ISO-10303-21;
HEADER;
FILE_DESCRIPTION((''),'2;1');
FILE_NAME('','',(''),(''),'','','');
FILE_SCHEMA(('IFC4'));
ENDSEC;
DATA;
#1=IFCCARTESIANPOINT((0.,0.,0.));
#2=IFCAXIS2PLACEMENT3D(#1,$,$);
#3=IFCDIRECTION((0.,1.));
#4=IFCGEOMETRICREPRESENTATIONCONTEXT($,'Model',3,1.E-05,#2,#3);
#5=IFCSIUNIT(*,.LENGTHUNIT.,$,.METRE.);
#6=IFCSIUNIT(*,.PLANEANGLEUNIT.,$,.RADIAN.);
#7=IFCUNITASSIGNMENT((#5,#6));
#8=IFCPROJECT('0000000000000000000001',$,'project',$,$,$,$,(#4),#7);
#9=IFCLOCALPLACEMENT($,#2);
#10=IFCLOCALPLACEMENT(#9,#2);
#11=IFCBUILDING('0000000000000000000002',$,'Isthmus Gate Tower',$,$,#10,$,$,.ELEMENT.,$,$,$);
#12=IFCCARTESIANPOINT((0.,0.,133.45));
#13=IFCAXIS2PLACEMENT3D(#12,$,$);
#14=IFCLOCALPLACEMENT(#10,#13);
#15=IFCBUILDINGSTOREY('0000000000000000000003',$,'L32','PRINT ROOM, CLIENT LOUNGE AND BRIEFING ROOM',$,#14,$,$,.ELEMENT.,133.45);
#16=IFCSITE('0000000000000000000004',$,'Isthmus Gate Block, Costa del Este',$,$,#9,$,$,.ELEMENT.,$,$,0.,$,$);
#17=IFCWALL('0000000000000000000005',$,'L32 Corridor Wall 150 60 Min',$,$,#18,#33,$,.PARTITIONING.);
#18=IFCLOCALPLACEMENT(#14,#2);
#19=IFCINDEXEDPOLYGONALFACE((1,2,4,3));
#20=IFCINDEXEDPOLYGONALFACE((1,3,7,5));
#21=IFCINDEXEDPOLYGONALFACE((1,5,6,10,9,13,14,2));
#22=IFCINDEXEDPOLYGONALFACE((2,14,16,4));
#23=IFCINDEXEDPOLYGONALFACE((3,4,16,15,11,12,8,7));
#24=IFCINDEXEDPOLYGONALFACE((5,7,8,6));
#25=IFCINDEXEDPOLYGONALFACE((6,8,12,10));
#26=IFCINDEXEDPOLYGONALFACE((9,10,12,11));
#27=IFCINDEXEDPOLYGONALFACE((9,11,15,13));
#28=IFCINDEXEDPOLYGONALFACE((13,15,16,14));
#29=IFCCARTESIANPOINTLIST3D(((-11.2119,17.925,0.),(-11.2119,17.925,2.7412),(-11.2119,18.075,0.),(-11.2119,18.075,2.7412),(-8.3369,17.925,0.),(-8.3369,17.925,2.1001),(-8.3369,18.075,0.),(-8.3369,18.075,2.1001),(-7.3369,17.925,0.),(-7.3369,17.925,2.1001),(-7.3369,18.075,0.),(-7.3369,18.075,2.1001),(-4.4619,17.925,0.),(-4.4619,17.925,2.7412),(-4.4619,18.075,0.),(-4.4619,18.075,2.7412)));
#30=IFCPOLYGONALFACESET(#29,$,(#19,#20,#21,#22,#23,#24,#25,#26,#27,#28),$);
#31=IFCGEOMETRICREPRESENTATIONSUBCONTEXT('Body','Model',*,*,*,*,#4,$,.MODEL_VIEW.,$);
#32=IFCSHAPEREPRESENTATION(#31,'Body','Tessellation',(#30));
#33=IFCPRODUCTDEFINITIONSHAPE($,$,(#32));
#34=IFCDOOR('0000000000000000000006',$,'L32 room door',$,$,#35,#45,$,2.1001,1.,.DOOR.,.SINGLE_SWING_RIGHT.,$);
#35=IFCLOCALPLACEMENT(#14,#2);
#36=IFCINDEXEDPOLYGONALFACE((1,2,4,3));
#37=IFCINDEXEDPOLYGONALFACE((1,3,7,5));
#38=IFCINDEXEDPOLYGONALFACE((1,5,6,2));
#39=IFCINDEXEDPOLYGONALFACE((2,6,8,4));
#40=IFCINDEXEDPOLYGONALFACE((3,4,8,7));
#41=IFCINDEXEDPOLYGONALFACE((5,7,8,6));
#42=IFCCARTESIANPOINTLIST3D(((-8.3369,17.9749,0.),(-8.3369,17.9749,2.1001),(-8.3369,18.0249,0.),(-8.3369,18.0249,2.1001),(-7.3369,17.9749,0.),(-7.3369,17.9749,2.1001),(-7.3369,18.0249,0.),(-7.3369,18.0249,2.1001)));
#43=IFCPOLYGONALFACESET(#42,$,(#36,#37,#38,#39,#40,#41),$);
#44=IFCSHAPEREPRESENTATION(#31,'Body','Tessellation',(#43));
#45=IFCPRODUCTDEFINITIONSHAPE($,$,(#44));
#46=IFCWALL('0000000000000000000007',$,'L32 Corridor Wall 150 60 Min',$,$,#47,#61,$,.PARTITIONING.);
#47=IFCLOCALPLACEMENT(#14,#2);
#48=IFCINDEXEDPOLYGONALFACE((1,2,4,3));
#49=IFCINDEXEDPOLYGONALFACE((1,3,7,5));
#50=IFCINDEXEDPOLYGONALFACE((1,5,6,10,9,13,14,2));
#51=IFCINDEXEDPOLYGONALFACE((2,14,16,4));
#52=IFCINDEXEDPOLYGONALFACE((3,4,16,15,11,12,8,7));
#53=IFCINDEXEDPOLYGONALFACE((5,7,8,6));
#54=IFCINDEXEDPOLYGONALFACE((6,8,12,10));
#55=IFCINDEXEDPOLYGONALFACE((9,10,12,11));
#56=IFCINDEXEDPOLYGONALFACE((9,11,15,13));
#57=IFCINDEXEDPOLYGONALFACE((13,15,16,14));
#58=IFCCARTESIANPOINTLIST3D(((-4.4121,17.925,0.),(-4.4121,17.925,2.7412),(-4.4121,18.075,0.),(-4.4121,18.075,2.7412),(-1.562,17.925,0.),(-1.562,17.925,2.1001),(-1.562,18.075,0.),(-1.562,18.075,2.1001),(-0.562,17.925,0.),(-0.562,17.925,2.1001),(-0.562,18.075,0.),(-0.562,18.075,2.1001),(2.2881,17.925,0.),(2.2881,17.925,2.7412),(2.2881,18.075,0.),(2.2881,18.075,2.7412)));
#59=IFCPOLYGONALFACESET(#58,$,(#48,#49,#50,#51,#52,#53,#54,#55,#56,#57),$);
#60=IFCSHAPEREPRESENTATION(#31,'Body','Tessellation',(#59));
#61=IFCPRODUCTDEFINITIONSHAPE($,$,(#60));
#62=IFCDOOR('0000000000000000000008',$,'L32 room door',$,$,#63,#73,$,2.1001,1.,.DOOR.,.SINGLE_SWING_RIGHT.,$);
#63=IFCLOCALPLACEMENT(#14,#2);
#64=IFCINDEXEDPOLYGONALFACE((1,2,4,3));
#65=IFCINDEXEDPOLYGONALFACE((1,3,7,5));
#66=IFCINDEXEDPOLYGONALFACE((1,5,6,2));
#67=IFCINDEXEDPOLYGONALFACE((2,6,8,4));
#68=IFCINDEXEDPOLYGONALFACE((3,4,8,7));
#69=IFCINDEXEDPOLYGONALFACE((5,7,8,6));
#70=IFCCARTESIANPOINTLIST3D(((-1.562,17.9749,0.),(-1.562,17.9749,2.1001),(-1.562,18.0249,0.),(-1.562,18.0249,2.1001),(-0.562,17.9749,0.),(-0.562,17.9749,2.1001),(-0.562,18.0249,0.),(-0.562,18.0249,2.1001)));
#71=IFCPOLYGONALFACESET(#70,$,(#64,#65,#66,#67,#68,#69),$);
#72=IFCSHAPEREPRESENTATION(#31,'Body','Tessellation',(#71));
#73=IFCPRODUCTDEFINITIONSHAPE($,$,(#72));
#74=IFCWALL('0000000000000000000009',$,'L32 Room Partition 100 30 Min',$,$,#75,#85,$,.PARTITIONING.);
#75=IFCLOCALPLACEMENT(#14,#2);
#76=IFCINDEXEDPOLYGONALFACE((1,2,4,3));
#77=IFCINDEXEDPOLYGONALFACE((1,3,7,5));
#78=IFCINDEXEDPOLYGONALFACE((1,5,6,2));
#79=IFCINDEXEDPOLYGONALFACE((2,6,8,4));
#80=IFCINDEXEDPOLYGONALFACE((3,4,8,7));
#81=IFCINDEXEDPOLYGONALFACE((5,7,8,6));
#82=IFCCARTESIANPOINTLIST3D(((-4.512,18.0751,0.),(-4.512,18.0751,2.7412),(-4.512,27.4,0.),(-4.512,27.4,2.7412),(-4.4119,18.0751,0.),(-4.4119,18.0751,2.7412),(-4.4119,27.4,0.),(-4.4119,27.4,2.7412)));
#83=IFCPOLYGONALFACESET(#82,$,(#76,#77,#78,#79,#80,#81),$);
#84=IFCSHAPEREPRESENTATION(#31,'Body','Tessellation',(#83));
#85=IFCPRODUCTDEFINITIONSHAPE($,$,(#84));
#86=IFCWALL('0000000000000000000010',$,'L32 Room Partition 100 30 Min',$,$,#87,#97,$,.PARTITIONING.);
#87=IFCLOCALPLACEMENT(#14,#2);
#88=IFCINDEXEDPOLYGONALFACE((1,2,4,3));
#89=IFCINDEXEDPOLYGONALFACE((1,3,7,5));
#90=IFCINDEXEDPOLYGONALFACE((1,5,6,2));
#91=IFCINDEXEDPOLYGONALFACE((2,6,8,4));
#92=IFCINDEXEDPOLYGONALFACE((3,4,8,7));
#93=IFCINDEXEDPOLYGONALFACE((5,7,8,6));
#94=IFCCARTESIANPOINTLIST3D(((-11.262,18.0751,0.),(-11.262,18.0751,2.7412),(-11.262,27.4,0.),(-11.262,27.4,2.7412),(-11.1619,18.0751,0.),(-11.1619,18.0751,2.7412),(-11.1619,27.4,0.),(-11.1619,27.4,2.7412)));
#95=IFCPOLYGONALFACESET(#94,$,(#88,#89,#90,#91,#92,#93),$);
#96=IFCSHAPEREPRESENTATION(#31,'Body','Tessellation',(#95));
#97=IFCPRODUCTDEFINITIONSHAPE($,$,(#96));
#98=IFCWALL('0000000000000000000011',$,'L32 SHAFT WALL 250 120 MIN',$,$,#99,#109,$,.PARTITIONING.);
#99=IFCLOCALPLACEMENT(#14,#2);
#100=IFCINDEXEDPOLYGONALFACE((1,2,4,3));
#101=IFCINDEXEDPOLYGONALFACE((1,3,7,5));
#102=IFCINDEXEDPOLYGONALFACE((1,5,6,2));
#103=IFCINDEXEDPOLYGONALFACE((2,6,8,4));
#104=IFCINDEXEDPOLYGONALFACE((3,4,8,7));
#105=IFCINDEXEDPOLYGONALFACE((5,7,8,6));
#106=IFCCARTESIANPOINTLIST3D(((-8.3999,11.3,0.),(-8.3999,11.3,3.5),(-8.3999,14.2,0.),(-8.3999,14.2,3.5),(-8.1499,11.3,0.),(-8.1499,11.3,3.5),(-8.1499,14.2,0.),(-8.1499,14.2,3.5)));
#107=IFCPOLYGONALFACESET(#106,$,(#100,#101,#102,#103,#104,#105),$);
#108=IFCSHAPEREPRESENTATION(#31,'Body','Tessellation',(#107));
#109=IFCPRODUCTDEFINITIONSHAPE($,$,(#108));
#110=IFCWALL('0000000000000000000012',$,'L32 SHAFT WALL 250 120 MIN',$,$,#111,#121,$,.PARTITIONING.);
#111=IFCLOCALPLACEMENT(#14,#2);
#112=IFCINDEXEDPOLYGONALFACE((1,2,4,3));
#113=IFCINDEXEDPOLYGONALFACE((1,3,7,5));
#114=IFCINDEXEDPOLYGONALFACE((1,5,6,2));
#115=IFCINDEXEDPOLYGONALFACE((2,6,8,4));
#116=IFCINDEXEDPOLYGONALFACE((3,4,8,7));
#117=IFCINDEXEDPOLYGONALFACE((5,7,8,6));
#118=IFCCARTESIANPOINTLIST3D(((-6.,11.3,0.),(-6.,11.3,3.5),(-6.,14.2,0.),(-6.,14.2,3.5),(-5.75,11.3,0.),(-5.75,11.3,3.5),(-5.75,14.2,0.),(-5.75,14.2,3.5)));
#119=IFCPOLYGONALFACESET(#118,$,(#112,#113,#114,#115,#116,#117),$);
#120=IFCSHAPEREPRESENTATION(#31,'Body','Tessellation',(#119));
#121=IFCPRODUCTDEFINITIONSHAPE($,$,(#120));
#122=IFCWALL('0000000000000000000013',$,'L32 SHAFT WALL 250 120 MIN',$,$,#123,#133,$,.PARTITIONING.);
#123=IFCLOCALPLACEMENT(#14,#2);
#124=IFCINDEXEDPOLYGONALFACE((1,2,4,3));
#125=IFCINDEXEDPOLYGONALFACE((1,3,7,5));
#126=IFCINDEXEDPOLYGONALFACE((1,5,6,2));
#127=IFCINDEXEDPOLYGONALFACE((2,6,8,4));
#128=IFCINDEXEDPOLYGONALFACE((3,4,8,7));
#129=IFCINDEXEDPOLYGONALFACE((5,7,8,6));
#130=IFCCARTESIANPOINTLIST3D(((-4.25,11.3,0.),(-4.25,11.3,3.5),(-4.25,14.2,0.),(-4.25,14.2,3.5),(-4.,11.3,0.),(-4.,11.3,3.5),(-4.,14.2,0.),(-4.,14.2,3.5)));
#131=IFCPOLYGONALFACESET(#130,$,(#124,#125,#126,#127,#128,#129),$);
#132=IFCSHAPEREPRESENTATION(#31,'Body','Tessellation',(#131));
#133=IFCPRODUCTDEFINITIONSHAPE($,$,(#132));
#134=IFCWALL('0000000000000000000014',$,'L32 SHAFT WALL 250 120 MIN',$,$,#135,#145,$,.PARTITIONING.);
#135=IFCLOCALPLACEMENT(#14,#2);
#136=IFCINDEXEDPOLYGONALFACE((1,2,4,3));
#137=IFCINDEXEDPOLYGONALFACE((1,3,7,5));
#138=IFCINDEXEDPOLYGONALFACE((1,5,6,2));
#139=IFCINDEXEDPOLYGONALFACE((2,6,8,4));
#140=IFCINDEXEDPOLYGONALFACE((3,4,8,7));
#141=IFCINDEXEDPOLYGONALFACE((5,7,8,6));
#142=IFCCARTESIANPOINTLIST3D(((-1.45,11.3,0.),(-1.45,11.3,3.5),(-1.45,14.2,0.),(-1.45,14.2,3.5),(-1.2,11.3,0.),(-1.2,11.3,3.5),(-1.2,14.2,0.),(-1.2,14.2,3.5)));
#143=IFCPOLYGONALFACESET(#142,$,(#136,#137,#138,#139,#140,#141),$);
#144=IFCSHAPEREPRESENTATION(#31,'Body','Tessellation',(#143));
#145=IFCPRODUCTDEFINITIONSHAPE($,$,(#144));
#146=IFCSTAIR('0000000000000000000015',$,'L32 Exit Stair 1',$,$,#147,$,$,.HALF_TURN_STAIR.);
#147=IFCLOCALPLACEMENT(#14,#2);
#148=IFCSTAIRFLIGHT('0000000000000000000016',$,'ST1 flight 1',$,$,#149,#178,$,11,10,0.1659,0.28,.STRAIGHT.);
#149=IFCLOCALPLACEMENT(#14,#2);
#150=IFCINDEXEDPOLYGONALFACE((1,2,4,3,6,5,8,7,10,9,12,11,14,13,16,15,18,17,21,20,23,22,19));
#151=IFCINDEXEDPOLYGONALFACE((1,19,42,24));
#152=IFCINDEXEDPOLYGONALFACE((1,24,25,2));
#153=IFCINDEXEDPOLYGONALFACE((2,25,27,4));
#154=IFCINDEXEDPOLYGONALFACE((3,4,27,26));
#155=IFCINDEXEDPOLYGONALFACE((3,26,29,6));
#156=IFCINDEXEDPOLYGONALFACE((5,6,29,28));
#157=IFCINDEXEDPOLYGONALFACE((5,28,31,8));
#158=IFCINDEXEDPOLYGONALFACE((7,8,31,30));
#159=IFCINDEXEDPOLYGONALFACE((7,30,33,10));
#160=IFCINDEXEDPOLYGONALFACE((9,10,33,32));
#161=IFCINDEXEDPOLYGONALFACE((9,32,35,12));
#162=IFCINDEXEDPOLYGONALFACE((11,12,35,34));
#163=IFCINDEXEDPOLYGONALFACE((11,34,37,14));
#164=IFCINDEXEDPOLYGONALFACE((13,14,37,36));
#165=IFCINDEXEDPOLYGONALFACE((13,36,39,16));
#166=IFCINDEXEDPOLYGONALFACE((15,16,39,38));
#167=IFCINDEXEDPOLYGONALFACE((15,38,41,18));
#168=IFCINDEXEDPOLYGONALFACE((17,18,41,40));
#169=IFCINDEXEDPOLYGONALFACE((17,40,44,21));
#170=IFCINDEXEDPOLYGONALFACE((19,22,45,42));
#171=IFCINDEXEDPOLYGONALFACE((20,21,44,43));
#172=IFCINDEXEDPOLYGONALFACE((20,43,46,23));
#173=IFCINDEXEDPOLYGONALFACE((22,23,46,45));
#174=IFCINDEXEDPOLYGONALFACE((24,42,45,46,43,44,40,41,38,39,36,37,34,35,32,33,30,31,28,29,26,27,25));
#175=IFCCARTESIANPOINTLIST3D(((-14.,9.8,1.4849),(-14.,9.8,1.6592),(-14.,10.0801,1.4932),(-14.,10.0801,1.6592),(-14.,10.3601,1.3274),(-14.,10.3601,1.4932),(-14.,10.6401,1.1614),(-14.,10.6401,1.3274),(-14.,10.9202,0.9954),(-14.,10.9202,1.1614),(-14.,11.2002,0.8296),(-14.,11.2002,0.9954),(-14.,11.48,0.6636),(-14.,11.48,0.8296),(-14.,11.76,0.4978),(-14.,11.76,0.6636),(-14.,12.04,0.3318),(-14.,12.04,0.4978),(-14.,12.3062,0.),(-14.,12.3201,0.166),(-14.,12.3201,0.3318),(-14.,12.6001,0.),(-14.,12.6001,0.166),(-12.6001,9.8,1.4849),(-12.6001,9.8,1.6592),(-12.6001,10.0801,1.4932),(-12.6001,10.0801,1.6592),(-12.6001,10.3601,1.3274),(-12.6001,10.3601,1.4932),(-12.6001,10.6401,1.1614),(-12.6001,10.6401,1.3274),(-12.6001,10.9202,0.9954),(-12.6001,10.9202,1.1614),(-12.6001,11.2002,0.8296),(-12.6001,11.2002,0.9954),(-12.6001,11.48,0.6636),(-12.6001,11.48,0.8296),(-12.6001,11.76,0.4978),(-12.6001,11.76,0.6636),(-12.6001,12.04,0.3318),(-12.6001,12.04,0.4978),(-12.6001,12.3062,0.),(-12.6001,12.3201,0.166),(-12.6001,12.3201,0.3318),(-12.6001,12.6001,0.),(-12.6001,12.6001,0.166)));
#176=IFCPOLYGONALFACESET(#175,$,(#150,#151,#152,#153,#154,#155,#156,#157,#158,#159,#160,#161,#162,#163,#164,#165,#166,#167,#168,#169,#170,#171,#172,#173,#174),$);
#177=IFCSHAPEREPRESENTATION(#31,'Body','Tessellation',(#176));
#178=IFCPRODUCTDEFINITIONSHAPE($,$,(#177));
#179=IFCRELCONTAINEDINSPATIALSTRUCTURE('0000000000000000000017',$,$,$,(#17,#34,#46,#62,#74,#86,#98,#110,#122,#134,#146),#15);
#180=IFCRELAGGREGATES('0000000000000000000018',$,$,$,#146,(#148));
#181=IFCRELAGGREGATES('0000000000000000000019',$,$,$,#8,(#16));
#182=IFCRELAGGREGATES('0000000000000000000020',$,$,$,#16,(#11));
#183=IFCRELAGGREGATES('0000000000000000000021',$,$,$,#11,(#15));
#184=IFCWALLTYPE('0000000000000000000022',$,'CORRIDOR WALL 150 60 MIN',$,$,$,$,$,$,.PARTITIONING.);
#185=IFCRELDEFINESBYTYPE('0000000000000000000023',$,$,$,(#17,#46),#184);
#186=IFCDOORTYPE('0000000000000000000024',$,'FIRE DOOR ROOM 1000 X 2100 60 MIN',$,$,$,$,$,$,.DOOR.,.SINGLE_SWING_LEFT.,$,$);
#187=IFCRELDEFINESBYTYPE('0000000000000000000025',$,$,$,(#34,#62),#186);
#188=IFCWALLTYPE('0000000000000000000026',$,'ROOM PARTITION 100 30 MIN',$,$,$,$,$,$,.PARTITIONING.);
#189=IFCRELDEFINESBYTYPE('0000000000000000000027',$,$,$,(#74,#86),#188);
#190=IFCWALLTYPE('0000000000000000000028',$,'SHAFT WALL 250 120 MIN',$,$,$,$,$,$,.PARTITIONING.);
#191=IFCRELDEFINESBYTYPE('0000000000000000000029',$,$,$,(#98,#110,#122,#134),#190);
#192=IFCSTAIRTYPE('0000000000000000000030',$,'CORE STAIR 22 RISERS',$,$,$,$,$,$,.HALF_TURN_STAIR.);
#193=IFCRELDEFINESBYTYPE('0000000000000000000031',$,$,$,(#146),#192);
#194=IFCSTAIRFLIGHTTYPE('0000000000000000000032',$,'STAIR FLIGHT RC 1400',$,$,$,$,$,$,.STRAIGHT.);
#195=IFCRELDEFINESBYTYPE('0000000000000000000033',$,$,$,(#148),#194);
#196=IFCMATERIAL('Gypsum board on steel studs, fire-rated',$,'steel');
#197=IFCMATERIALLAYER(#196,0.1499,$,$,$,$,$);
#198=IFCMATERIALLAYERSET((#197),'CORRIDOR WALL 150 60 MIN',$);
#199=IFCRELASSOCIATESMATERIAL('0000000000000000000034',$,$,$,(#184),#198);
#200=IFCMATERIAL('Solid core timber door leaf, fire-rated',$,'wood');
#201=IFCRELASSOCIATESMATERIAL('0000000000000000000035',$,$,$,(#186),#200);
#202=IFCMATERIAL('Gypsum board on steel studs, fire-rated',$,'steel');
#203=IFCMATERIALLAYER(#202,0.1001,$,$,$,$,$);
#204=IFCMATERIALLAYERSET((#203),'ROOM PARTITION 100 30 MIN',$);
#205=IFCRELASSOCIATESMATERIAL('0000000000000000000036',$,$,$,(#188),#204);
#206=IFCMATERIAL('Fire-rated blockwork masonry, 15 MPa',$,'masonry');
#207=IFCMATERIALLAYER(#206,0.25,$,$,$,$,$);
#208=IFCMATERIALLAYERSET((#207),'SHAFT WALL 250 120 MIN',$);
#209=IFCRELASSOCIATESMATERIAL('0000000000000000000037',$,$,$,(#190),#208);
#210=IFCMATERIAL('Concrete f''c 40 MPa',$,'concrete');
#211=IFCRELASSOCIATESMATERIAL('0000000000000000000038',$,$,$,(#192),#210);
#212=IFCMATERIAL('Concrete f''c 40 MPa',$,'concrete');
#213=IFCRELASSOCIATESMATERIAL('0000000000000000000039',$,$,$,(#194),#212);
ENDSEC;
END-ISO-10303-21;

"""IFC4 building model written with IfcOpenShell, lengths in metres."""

from ifc_helpers import new_model, si_unit, direction, frame, frame_2d, origin, place, context, subcontext, project, spatial, polyline, rectangle, outline, extrude, material, layer, layer_set, type_object, element, fill, aggregate, save


model = new_model("IFC4")

# Units and contexts
model_context = context("Model", 3, precision=1e-05, world=origin(), true_north=direction((0.0, 1.0)))
body_context = subcontext(model_context, "Body", "Model", "MODEL_VIEW")
ifc_project = project(units=[si_unit("LENGTHUNIT", "METRE"), si_unit("PLANEANGLEUNIT", "RADIAN")], contexts=[model_context])

# Site, building, storey
site_placement = place(None, origin())
site = spatial("IfcSite", under=ifc_project, at=site_placement, Name="Isthmus Gate Block, Costa del Este", CompositionType="ELEMENT", RefElevation=0.0)
building_placement = place(site_placement, origin())
building = spatial("IfcBuilding", under=site, at=building_placement, Name="Isthmus Gate Tower", CompositionType="ELEMENT")
storey_placement = place(building_placement, frame((0.0, 0.0, 133.45)))
storey = spatial("IfcBuildingStorey", under=building, at=storey_placement, Name="L32", Description="PRINT ROOM, CLIENT LOUNGE AND BRIEFING ROOM", CompositionType="ELEMENT", Elevation=133.45)

# Walls, openings, doors
ifc_material_1 = material(Name="Gypsum board on steel studs, fire-rated", Category="steel")
ifc_layer_1 = layer(ifc_material_1, 0.1499)
ifc_layer_set_1 = layer_set([ifc_layer_1], Name="CORRIDOR WALL 150 60 MIN")
wall_type_1 = type_object("IfcWallType", Name="CORRIDOR WALL 150 60 MIN", PredefinedType="PARTITIONING", material=ifc_layer_set_1)
wall_1_placement = place(storey_placement, frame((-11.2119, 18.0, 0.0), z_axis=(0.0, 0.0, 1.0), x_axis=(1.0, 0.0, 0.0)))
wall_1 = element("IfcWall", 1, at=wall_1_placement, inside=storey, type_object=wall_type_1, Name="L32 Corridor Wall 150 60 Min", PredefinedType="PARTITIONING", context=body_context, shape_type="SweptSolid", body=[
    extrude(rectangle(XDim=6.75, YDim=0.1499, at=frame_2d((3.375, 0.0))), origin(), (0.0, 0.0, 1.0), 2.7412),
])
opening_1_placement = place(wall_1_placement, frame((2.875, 0.0, 0.0)))
opening_1 = element("IfcOpeningElement", 2, at=opening_1_placement, cuts=wall_1, PredefinedType="OPENING", context=body_context, shape_type="SweptSolid", body=[
    extrude(rectangle(XDim=1.0, YDim=2.1001, at=frame_2d((0.5, 1.05))), frame((0.0, 0.085, 0.0), z_axis=(0.0, -1.0, 0.0), x_axis=(1.0, 0.0, 0.0)), (0.0, 0.0, 1.0), 0.1699),
])
ifc_material_2 = material(Name="Solid core timber door leaf, fire-rated", Category="wood")
door_type = type_object("IfcDoorType", Name="FIRE DOOR ROOM 1000 X 2100 60 MIN", OperationType="SINGLE_SWING_LEFT", PredefinedType="DOOR", material=ifc_material_2)
door_1_placement = place(opening_1_placement, origin())
door_1 = element("IfcDoor", 3, at=door_1_placement, inside=storey, type_object=door_type, Name="L32 room door", OperationType="SINGLE_SWING_RIGHT", OverallHeight=2.1001, OverallWidth=1.0, PredefinedType="DOOR", context=body_context, shape_type="SweptSolid", body=[
    extrude(rectangle(XDim=1.0, YDim=2.1001, at=frame_2d((0.5, 1.05))), frame((0.0, 0.0249, 0.0), z_axis=(0.0, -1.0, 0.0), x_axis=(1.0, 0.0, 0.0)), (0.0, 0.0, 1.0), 0.05),
])
fill(opening_1, door_1)
wall_2_placement = place(storey_placement, frame((-4.4121, 18.0, 0.0), z_axis=(0.0, 0.0, 1.0), x_axis=(1.0, 0.0, 0.0)))
wall_2 = element("IfcWall", 4, at=wall_2_placement, inside=storey, type_object=wall_type_1, Name="L32 Corridor Wall 150 60 Min", PredefinedType="PARTITIONING", context=body_context, shape_type="SweptSolid", body=[
    extrude(rectangle(XDim=6.7002, YDim=0.1499, at=frame_2d((3.3501, 0.0))), origin(), (0.0, 0.0, 1.0), 2.7412),
])
opening_2_placement = place(wall_2_placement, frame((2.8501, 0.0, 0.0)))
opening_2 = element("IfcOpeningElement", 5, at=opening_2_placement, cuts=wall_2, PredefinedType="OPENING", context=body_context, shape_type="SweptSolid", body=[
    extrude(rectangle(XDim=1.0, YDim=2.1001, at=frame_2d((0.5, 1.05))), frame((0.0, 0.085, 0.0), z_axis=(0.0, -1.0, 0.0), x_axis=(1.0, 0.0, 0.0)), (0.0, 0.0, 1.0), 0.1699),
])
door_2_placement = place(opening_2_placement, origin())
door_2 = element("IfcDoor", 6, at=door_2_placement, inside=storey, type_object=door_type, Name="L32 room door", OperationType="SINGLE_SWING_RIGHT", OverallHeight=2.1001, OverallWidth=1.0, PredefinedType="DOOR", context=body_context, shape_type="SweptSolid", body=[
    extrude(rectangle(XDim=1.0, YDim=2.1001, at=frame_2d((0.5, 1.05))), frame((0.0, 0.0249, 0.0), z_axis=(0.0, -1.0, 0.0), x_axis=(1.0, 0.0, 0.0)), (0.0, 0.0, 1.0), 0.05),
])
fill(opening_2, door_2)

# Walls
ifc_material_3 = material(Name="Gypsum board on steel studs, fire-rated", Category="steel")
ifc_layer_2 = layer(ifc_material_3, 0.1001)
ifc_layer_set_2 = layer_set([ifc_layer_2], Name="ROOM PARTITION 100 30 MIN")
wall_type_2 = type_object("IfcWallType", Name="ROOM PARTITION 100 30 MIN", PredefinedType="PARTITIONING", material=ifc_layer_set_2)
for number, where, z_axis, x_axis, name in (
    (7, (-4.4619, 18.075, 0.0), (0.0, 0.0, 1.0), (0.0, 1.0, 0.0), "L32 Room Partition 100 30 Min"),
    (8, (-11.2119, 18.075, 0.0), (0.0, 0.0, 1.0), (0.0, 1.0, 0.0), "L32 Room Partition 100 30 Min"),
):
    element("IfcWall", number, at=place(storey_placement, frame(where, z_axis=z_axis, x_axis=x_axis)), inside=storey, type_object=wall_type_2, Name=name, PredefinedType="PARTITIONING", context=body_context, shape_type="SweptSolid", body=[
        extrude(rectangle(XDim=9.325, YDim=0.1001, at=frame_2d((4.6626, 0.0))), origin(), (0.0, 0.0, 1.0), 2.7412),
    ])
ifc_material_4 = material(Name="Fire-rated blockwork masonry, 15 MPa", Category="masonry")
ifc_layer_3 = layer(ifc_material_4, 0.25)
ifc_layer_set_3 = layer_set([ifc_layer_3], Name="SHAFT WALL 250 120 MIN")
wall_type_3 = type_object("IfcWallType", Name="SHAFT WALL 250 120 MIN", PredefinedType="PARTITIONING", material=ifc_layer_set_3)
for number, where, z_axis, x_axis, name in (
    (9, (-8.2749, 11.3, 0.0), (0.0, 0.0, 1.0), (0.0, 1.0, 0.0), "L32 SHAFT WALL 250 120 MIN"),
    (10, (-5.875, 11.3, 0.0), (0.0, 0.0, 1.0), (0.0, 1.0, 0.0), "L32 SHAFT WALL 250 120 MIN"),
    (11, (-4.125, 11.3, 0.0), (0.0, 0.0, 1.0), (0.0, 1.0, 0.0), "L32 SHAFT WALL 250 120 MIN"),
    (12, (-1.325, 11.3, 0.0), (0.0, 0.0, 1.0), (0.0, 1.0, 0.0), "L32 SHAFT WALL 250 120 MIN"),
):
    element("IfcWall", number, at=place(storey_placement, frame(where, z_axis=z_axis, x_axis=x_axis)), inside=storey, type_object=wall_type_3, Name=name, PredefinedType="PARTITIONING", context=body_context, shape_type="SweptSolid", body=[
        extrude(rectangle(XDim=2.8999, YDim=0.25, at=frame_2d((1.45, 0.0))), origin(), (0.0, 0.0, 1.0), 3.5),
    ])

# Stair, stair flight
ifc_material_5 = material(Name="Concrete f'c 40 MPa", Category="concrete")
stair_type = type_object("IfcStairType", Name="CORE STAIR 22 RISERS", PredefinedType="HALF_TURN_STAIR", material=ifc_material_5)
stair_placement = place(storey_placement, origin())
stair = element("IfcStair", 13, at=stair_placement, inside=storey, type_object=stair_type, Name="L32 Exit Stair 1", PredefinedType="HALF_TURN_STAIR")
ifc_material_6 = material(Name="Concrete f'c 40 MPa", Category="concrete")
stair_flight_type = type_object("IfcStairFlightType", Name="STAIR FLIGHT RC 1400", PredefinedType="STRAIGHT", material=ifc_material_6)
stair_flight_placement = place(storey_placement, frame((-13.3, 12.6001, 0.0), z_axis=(0.0, 0.0, 1.0), x_axis=(0.0, -1.0, 0.0)))
stair_flight = element("IfcStairFlight", 14, at=stair_flight_placement, type_object=stair_flight_type, Name="ST1 flight 1", NumberOfRisers=11, NumberOfTreads=10, PredefinedType="STRAIGHT", RiserHeight=0.1659, TreadLength=0.28, context=body_context, shape_type="SweptSolid", body=[
    extrude(outline(polyline([(0.0, 0.0), (0.0, 0.166), (0.28, 0.166), (0.28, 0.3318), (0.5601, 0.3318), (0.5601, 0.4978), (0.8401, 0.4978), (0.8401, 0.6636), (1.1201, 0.6636), (1.1201, 0.8296), (1.3999, 0.8296), (1.3999, 0.9954), (1.6799, 0.9954), (1.6799, 1.1614), (1.96, 1.1614), (1.96, 1.3274), (2.24, 1.3274), (2.24, 1.4932), (2.52, 1.4932), (2.52, 1.6592), (2.8, 1.6592), (2.8, 1.825), (2.8, 1.4849), (0.2939, 0.0), (0.0, 0.0)])), frame((0.0, 0.7, 0.0), z_axis=(0.0, -1.0, 0.0), x_axis=(1.0, 0.0, 0.0)), (0.0, 0.0, 1.0), 1.3999),
])
aggregate(stair, [stair_flight])

save(model, "model.ifc")
